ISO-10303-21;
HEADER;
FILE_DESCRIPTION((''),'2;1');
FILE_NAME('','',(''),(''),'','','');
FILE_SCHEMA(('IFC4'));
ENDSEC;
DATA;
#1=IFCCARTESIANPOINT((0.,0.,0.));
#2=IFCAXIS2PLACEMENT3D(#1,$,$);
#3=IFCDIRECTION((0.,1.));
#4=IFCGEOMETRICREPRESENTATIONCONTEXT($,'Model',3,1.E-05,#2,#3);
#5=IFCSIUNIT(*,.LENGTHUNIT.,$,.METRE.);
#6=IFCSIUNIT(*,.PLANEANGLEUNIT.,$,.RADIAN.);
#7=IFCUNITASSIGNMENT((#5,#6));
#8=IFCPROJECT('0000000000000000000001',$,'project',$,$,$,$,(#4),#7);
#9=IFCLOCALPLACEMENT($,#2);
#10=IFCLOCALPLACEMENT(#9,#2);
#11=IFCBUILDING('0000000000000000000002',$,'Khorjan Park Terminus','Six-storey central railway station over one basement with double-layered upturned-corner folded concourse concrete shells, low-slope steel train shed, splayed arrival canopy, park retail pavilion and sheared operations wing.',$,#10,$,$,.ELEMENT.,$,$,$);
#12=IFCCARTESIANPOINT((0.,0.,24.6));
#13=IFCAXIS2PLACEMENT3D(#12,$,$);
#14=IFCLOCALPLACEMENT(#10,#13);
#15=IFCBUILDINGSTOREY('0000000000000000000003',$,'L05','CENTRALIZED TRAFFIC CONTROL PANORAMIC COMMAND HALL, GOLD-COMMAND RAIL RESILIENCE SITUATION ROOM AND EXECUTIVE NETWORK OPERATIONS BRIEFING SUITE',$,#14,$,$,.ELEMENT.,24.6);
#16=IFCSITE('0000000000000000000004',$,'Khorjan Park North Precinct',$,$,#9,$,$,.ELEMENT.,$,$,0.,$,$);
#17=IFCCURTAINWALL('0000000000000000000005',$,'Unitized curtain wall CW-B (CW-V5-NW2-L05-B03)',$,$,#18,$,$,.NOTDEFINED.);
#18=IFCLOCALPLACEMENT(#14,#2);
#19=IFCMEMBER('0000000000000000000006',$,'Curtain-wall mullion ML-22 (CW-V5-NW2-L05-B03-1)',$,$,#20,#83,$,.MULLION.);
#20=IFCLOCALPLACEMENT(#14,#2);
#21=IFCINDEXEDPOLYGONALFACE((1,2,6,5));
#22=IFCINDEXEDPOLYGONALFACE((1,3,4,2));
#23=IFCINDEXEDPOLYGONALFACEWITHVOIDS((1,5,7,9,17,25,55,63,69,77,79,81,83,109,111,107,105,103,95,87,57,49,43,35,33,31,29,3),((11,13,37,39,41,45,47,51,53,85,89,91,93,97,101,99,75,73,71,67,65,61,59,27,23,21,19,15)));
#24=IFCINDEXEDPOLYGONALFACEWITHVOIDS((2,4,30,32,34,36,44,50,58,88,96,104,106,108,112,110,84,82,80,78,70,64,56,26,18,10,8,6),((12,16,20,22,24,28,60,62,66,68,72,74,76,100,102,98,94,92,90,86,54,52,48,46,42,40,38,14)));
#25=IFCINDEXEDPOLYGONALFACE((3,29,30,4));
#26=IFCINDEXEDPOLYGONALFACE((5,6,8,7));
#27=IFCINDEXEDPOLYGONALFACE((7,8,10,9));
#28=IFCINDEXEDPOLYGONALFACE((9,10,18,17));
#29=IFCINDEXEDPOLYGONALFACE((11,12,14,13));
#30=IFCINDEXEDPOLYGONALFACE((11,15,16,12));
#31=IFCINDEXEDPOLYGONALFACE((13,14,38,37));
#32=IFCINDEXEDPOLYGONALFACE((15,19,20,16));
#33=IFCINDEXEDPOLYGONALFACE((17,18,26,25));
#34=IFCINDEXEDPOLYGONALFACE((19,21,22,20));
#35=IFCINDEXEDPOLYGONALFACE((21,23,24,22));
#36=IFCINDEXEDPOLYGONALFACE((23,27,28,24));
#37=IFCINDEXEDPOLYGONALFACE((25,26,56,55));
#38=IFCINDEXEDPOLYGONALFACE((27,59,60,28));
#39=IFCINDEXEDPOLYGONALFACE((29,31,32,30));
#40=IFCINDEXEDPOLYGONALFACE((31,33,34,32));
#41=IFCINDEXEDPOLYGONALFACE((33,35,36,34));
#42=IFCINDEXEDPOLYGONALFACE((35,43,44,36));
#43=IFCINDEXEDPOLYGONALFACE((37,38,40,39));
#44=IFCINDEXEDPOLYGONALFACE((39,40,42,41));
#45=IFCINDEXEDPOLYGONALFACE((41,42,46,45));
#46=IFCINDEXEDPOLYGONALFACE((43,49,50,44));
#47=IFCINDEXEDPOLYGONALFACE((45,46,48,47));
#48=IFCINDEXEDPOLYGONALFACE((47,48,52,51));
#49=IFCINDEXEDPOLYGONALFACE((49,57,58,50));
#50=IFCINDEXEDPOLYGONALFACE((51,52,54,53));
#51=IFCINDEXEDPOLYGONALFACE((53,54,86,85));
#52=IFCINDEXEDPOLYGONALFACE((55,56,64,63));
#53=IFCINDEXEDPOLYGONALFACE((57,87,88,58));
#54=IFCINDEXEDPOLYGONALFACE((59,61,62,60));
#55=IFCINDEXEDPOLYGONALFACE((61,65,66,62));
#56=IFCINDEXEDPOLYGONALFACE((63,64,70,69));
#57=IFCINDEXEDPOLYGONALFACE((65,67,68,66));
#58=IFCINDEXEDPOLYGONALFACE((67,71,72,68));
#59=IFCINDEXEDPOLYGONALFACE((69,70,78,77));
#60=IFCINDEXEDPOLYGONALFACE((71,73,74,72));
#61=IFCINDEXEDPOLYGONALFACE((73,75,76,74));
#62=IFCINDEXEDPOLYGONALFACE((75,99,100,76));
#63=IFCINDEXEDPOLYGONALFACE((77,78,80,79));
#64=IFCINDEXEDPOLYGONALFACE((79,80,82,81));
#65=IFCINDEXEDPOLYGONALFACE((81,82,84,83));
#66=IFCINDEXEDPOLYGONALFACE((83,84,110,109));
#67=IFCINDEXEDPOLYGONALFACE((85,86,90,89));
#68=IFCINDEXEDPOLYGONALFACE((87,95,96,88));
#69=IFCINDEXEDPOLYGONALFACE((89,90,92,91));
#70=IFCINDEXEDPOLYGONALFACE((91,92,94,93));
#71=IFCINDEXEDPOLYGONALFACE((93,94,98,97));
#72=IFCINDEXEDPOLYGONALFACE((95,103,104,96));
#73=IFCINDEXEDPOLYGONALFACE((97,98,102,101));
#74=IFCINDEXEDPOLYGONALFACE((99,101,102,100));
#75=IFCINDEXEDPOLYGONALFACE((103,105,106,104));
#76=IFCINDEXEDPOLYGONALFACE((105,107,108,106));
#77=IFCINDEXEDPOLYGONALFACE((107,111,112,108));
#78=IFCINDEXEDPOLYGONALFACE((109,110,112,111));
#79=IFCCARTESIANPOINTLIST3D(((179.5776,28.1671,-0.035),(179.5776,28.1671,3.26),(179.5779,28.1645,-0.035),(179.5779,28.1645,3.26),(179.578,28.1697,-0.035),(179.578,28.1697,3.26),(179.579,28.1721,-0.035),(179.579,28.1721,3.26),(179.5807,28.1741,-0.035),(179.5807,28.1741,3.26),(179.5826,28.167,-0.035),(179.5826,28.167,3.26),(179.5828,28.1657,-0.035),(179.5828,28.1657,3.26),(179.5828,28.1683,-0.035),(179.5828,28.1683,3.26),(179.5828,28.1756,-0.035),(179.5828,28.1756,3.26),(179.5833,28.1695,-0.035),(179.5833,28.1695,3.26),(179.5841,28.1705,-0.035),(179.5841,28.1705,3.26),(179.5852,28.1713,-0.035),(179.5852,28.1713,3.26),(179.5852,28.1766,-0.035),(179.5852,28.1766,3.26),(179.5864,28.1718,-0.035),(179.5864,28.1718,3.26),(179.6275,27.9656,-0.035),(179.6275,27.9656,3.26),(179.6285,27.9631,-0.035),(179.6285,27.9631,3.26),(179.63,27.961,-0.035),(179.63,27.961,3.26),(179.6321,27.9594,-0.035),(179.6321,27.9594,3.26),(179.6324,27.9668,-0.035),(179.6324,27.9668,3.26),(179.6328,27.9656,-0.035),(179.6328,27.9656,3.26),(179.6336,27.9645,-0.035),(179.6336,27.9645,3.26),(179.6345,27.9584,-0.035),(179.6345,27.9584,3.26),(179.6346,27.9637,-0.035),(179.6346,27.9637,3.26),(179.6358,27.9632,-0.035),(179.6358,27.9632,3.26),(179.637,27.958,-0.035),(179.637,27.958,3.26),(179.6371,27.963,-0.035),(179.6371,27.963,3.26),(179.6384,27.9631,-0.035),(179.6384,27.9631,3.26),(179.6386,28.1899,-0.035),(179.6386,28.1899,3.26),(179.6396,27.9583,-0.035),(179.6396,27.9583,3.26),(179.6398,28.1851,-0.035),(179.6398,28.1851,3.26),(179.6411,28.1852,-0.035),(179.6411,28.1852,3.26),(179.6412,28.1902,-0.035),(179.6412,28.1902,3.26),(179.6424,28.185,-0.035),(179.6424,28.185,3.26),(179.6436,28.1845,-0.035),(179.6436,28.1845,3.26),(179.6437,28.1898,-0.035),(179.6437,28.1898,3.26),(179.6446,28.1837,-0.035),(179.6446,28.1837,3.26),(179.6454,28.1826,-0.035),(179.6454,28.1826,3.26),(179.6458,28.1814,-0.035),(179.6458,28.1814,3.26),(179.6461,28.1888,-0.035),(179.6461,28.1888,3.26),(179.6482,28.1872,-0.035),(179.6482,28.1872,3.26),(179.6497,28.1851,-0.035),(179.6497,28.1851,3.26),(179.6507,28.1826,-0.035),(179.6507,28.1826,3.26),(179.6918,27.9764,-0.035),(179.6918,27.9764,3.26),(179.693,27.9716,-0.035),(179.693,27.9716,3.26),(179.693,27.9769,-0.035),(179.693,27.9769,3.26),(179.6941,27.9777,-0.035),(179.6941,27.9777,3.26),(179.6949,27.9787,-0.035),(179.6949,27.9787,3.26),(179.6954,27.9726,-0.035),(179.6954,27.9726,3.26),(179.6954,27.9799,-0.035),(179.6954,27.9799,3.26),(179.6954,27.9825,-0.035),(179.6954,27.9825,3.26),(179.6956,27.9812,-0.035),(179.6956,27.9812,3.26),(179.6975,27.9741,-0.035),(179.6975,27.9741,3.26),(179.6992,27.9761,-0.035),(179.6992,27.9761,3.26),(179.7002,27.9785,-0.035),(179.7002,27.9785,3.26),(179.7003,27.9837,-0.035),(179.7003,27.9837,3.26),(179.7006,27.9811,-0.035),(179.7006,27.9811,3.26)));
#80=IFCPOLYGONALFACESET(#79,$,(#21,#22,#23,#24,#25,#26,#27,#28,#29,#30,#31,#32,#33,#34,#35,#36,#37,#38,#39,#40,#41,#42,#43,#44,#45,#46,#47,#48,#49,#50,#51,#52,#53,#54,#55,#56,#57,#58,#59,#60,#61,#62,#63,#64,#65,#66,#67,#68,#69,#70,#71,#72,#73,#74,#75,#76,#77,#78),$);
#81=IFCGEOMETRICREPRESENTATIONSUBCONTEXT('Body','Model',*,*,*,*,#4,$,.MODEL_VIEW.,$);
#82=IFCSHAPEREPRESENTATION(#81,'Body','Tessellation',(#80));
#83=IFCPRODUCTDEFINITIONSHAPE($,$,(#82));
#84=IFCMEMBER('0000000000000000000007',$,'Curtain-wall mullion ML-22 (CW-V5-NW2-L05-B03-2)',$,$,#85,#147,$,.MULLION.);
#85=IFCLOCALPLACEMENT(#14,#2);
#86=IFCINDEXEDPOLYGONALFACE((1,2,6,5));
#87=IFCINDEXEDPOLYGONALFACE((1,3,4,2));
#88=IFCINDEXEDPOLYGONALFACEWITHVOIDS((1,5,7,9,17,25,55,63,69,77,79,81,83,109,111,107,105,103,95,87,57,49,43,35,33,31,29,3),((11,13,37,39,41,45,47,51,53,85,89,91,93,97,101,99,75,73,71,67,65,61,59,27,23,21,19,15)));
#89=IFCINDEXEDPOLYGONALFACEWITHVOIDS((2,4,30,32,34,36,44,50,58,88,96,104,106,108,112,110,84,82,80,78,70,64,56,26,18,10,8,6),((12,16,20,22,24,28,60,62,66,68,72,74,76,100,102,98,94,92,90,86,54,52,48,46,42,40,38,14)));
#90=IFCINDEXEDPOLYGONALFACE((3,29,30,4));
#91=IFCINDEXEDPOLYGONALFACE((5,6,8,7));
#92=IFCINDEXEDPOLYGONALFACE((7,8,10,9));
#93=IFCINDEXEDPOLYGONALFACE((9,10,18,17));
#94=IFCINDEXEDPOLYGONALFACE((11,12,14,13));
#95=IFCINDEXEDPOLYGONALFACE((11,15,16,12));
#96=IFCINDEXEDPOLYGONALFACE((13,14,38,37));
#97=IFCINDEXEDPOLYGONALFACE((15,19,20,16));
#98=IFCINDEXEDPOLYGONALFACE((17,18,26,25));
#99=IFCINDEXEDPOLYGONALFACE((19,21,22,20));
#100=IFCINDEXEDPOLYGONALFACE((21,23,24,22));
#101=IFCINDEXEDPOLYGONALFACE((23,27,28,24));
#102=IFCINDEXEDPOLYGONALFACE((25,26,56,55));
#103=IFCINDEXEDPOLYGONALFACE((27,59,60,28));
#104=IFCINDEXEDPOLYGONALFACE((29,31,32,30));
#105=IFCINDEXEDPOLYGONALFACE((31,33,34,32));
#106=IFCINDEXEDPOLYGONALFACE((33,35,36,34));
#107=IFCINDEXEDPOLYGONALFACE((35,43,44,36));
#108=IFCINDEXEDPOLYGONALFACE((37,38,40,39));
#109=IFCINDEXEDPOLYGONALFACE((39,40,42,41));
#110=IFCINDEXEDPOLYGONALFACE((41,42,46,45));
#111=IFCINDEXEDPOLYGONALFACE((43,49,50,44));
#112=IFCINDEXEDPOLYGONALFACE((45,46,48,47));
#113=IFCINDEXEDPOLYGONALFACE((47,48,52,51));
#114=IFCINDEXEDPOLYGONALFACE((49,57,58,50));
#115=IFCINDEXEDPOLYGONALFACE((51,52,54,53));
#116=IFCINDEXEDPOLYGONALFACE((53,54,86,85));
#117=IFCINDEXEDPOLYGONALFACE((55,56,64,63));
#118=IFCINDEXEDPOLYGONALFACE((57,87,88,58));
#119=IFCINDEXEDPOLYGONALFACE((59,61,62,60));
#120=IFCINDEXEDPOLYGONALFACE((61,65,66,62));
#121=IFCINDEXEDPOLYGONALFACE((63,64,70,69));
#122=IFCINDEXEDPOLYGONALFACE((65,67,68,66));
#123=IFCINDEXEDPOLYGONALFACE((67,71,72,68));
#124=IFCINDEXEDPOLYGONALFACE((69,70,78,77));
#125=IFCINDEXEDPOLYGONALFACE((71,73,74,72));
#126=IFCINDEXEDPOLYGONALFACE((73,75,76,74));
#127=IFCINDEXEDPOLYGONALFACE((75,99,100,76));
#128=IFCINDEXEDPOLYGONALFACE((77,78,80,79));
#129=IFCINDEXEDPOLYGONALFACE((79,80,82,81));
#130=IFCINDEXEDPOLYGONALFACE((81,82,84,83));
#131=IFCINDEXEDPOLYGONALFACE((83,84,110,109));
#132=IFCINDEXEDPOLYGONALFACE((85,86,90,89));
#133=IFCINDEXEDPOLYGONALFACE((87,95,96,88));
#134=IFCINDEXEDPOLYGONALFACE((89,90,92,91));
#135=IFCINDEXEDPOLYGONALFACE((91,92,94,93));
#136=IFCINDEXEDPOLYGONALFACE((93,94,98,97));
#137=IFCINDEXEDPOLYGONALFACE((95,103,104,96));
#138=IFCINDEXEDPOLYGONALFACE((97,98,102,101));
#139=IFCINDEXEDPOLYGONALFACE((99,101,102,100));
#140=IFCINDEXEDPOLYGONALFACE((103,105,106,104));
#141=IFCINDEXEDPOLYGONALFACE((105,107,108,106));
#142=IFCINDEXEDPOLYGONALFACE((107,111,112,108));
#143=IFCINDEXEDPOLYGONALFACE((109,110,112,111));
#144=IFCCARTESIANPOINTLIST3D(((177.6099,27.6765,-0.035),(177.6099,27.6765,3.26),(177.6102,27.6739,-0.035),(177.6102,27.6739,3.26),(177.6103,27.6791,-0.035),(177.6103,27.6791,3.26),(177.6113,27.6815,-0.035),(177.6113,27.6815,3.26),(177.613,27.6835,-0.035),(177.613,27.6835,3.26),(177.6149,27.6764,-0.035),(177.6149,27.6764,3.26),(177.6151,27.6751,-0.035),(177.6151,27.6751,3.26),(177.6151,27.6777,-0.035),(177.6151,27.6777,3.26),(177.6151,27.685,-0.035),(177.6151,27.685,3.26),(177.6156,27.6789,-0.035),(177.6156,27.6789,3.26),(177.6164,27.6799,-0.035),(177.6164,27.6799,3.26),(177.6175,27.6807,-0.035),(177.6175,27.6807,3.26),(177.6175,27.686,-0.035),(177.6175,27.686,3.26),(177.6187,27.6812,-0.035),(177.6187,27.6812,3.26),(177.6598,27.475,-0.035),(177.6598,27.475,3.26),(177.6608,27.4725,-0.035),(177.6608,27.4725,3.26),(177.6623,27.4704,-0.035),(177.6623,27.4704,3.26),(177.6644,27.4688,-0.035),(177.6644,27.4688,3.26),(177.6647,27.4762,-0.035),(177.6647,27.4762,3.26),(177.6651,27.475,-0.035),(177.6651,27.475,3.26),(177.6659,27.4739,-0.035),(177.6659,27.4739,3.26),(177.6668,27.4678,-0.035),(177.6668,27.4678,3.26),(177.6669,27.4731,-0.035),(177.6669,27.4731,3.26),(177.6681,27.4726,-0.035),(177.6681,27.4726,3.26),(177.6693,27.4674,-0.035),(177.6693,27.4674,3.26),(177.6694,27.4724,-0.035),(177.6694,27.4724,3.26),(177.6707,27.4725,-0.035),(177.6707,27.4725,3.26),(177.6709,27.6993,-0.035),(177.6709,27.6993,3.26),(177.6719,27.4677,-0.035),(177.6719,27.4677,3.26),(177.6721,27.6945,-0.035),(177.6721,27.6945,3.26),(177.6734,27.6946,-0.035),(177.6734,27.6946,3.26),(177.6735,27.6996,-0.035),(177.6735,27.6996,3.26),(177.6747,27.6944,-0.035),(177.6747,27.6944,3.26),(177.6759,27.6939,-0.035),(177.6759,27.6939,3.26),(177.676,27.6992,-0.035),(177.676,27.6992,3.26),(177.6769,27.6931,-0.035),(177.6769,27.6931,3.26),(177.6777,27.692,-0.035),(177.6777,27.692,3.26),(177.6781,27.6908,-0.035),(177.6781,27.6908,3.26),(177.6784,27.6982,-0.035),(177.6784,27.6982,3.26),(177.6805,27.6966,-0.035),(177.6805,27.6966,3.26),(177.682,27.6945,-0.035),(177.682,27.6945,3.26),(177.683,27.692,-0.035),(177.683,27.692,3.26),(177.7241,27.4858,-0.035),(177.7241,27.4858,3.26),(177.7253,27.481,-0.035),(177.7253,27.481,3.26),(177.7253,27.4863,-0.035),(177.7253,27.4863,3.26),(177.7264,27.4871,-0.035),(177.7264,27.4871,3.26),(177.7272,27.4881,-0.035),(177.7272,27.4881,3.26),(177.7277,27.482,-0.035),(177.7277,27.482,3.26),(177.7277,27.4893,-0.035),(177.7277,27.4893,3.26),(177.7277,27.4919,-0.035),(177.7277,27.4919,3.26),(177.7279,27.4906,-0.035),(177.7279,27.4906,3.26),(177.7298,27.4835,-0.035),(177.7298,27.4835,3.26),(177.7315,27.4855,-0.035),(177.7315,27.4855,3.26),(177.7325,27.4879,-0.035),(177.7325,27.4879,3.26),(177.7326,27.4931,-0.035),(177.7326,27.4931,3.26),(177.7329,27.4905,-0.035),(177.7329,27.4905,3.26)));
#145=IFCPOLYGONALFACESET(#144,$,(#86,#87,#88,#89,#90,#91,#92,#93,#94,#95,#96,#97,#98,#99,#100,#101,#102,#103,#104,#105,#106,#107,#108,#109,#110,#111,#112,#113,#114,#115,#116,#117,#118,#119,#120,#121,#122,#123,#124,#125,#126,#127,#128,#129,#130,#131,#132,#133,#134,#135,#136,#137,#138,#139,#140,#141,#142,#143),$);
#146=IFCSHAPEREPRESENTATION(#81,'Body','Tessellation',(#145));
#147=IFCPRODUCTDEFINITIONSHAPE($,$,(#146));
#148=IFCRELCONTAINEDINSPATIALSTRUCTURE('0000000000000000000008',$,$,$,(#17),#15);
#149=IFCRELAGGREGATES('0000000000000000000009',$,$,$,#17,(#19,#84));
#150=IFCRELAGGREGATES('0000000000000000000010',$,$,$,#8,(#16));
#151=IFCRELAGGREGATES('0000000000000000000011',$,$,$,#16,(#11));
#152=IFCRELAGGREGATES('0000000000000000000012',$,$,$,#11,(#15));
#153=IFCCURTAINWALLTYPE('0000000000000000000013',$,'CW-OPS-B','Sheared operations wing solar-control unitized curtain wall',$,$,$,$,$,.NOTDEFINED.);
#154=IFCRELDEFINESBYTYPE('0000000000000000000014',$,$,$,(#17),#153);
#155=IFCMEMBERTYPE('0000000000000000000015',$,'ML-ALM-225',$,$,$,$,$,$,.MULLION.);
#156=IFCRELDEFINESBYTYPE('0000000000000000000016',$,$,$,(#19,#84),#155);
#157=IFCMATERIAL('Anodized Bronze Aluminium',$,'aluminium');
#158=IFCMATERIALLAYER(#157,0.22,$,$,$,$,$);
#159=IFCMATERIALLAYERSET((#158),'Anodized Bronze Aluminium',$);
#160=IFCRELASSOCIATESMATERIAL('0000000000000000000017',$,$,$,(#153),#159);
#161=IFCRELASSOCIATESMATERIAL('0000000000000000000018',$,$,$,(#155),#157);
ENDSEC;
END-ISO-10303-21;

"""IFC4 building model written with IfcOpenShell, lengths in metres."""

from ifc_helpers import new_model, si_unit, direction, frame, origin, origin_2d, place, context, subcontext, project, spatial, hollow_rectangle, extrude, material, layer, layer_set, material_profile, profile_set, type_object, element, aggregate, save


model = new_model("IFC4")

# Units and contexts
model_context = context("Model", 3, precision=1e-05, world=origin(), true_north=direction((0.0, 1.0)))
body_context = subcontext(model_context, "Body", "Model", "MODEL_VIEW")
ifc_project = project(units=[si_unit("LENGTHUNIT", "METRE"), si_unit("PLANEANGLEUNIT", "RADIAN")], contexts=[model_context])

# Site, building, storey
site_placement = place(None, origin())
site = spatial("IfcSite", under=ifc_project, at=site_placement, Name="Khorjan Park North Precinct", CompositionType="ELEMENT", RefElevation=0.0)
building_placement = place(site_placement, origin())
building = spatial("IfcBuilding", under=site, at=building_placement, Name="Khorjan Park Terminus", Description="Six-storey central railway station over one basement with double-layered upturned-corner folded concourse concrete shells, low-slope steel train shed, splayed arrival canopy, park retail pavilion and sheared operations wing.", CompositionType="ELEMENT")
storey_placement = place(building_placement, frame((0.0, 0.0, 24.6)))
storey = spatial("IfcBuildingStorey", under=building, at=storey_placement, Name="L05", Description="CENTRALIZED TRAFFIC CONTROL PANORAMIC COMMAND HALL, GOLD-COMMAND RAIL RESILIENCE SITUATION ROOM AND EXECUTIVE NETWORK OPERATIONS BRIEFING SUITE", CompositionType="ELEMENT", Elevation=24.6)

# Curtain wall, members
ifc_material_1 = material(Name="Anodized Bronze Aluminium", Category="aluminium")
ifc_layer_1 = layer(ifc_material_1, 0.22)
ifc_layer_set_1 = layer_set([ifc_layer_1], Name="Anodized Bronze Aluminium")
curtain_wall_type = type_object("IfcCurtainWallType", Name="CW-OPS-B", Description="Sheared operations wing solar-control unitized curtain wall", PredefinedType="NOTDEFINED", material=ifc_layer_set_1)
curtain_wall_placement = place(storey_placement, origin())
curtain_wall = element("IfcCurtainWall", 1, at=curtain_wall_placement, inside=storey, type_object=curtain_wall_type, Name="Unitized curtain wall CW-B (CW-V5-NW2-L05-B03)", PredefinedType="NOTDEFINED")
ifc_material_profile_1 = material_profile(ifc_material_1, hollow_rectangle(XDim=0.075, YDim=0.225, WallThickness=0.005, InnerFilletRadius=0.005, OuterFilletRadius=0.01, at=origin_2d()), Name="ALM 75x225x5")
ifc_profile_set_1 = profile_set([ifc_material_profile_1], Name="Anodized Bronze Aluminium")
member_type_1 = type_object("IfcMemberType", Name="ML-ALM-225", PredefinedType="MULLION", material=ifc_profile_set_1)
member_1_placement = place(storey_placement, frame((179.6391, 28.0741, -0.035), z_axis=(0.0, 0.0, 1.0), x_axis=(-0.970296, -0.241921, 0.0)))
member_1 = element("IfcMember", 2, at=member_1_placement, type_object=member_type_1, Name="Curtain-wall mullion ML-22 (CW-V5-NW2-L05-B03-1)", PredefinedType="MULLION", context=body_context, shape_type="SweptSolid", body=[
    extrude(hollow_rectangle(XDim=0.075, YDim=0.225, WallThickness=0.005, InnerFilletRadius=0.005, OuterFilletRadius=0.01, at=origin_2d()), origin(), (0.0, 0.0, 1.0), 3.295),
])
member_2_placement = place(storey_placement, frame((177.6714, 27.5835, -0.035), z_axis=(0.0, 0.0, 1.0), x_axis=(-0.970296, -0.241921, 0.0)))
member_2 = element("IfcMember", 3, at=member_2_placement, type_object=member_type_1, Name="Curtain-wall mullion ML-22 (CW-V5-NW2-L05-B03-2)", PredefinedType="MULLION", context=body_context, shape_type="SweptSolid", body=[
    extrude(hollow_rectangle(XDim=0.075, YDim=0.225, WallThickness=0.005, InnerFilletRadius=0.005, OuterFilletRadius=0.01, at=origin_2d()), origin(), (0.0, 0.0, 1.0), 3.295),
])
aggregate(curtain_wall, [member_1, member_2])

save(model, "model.ifc")
